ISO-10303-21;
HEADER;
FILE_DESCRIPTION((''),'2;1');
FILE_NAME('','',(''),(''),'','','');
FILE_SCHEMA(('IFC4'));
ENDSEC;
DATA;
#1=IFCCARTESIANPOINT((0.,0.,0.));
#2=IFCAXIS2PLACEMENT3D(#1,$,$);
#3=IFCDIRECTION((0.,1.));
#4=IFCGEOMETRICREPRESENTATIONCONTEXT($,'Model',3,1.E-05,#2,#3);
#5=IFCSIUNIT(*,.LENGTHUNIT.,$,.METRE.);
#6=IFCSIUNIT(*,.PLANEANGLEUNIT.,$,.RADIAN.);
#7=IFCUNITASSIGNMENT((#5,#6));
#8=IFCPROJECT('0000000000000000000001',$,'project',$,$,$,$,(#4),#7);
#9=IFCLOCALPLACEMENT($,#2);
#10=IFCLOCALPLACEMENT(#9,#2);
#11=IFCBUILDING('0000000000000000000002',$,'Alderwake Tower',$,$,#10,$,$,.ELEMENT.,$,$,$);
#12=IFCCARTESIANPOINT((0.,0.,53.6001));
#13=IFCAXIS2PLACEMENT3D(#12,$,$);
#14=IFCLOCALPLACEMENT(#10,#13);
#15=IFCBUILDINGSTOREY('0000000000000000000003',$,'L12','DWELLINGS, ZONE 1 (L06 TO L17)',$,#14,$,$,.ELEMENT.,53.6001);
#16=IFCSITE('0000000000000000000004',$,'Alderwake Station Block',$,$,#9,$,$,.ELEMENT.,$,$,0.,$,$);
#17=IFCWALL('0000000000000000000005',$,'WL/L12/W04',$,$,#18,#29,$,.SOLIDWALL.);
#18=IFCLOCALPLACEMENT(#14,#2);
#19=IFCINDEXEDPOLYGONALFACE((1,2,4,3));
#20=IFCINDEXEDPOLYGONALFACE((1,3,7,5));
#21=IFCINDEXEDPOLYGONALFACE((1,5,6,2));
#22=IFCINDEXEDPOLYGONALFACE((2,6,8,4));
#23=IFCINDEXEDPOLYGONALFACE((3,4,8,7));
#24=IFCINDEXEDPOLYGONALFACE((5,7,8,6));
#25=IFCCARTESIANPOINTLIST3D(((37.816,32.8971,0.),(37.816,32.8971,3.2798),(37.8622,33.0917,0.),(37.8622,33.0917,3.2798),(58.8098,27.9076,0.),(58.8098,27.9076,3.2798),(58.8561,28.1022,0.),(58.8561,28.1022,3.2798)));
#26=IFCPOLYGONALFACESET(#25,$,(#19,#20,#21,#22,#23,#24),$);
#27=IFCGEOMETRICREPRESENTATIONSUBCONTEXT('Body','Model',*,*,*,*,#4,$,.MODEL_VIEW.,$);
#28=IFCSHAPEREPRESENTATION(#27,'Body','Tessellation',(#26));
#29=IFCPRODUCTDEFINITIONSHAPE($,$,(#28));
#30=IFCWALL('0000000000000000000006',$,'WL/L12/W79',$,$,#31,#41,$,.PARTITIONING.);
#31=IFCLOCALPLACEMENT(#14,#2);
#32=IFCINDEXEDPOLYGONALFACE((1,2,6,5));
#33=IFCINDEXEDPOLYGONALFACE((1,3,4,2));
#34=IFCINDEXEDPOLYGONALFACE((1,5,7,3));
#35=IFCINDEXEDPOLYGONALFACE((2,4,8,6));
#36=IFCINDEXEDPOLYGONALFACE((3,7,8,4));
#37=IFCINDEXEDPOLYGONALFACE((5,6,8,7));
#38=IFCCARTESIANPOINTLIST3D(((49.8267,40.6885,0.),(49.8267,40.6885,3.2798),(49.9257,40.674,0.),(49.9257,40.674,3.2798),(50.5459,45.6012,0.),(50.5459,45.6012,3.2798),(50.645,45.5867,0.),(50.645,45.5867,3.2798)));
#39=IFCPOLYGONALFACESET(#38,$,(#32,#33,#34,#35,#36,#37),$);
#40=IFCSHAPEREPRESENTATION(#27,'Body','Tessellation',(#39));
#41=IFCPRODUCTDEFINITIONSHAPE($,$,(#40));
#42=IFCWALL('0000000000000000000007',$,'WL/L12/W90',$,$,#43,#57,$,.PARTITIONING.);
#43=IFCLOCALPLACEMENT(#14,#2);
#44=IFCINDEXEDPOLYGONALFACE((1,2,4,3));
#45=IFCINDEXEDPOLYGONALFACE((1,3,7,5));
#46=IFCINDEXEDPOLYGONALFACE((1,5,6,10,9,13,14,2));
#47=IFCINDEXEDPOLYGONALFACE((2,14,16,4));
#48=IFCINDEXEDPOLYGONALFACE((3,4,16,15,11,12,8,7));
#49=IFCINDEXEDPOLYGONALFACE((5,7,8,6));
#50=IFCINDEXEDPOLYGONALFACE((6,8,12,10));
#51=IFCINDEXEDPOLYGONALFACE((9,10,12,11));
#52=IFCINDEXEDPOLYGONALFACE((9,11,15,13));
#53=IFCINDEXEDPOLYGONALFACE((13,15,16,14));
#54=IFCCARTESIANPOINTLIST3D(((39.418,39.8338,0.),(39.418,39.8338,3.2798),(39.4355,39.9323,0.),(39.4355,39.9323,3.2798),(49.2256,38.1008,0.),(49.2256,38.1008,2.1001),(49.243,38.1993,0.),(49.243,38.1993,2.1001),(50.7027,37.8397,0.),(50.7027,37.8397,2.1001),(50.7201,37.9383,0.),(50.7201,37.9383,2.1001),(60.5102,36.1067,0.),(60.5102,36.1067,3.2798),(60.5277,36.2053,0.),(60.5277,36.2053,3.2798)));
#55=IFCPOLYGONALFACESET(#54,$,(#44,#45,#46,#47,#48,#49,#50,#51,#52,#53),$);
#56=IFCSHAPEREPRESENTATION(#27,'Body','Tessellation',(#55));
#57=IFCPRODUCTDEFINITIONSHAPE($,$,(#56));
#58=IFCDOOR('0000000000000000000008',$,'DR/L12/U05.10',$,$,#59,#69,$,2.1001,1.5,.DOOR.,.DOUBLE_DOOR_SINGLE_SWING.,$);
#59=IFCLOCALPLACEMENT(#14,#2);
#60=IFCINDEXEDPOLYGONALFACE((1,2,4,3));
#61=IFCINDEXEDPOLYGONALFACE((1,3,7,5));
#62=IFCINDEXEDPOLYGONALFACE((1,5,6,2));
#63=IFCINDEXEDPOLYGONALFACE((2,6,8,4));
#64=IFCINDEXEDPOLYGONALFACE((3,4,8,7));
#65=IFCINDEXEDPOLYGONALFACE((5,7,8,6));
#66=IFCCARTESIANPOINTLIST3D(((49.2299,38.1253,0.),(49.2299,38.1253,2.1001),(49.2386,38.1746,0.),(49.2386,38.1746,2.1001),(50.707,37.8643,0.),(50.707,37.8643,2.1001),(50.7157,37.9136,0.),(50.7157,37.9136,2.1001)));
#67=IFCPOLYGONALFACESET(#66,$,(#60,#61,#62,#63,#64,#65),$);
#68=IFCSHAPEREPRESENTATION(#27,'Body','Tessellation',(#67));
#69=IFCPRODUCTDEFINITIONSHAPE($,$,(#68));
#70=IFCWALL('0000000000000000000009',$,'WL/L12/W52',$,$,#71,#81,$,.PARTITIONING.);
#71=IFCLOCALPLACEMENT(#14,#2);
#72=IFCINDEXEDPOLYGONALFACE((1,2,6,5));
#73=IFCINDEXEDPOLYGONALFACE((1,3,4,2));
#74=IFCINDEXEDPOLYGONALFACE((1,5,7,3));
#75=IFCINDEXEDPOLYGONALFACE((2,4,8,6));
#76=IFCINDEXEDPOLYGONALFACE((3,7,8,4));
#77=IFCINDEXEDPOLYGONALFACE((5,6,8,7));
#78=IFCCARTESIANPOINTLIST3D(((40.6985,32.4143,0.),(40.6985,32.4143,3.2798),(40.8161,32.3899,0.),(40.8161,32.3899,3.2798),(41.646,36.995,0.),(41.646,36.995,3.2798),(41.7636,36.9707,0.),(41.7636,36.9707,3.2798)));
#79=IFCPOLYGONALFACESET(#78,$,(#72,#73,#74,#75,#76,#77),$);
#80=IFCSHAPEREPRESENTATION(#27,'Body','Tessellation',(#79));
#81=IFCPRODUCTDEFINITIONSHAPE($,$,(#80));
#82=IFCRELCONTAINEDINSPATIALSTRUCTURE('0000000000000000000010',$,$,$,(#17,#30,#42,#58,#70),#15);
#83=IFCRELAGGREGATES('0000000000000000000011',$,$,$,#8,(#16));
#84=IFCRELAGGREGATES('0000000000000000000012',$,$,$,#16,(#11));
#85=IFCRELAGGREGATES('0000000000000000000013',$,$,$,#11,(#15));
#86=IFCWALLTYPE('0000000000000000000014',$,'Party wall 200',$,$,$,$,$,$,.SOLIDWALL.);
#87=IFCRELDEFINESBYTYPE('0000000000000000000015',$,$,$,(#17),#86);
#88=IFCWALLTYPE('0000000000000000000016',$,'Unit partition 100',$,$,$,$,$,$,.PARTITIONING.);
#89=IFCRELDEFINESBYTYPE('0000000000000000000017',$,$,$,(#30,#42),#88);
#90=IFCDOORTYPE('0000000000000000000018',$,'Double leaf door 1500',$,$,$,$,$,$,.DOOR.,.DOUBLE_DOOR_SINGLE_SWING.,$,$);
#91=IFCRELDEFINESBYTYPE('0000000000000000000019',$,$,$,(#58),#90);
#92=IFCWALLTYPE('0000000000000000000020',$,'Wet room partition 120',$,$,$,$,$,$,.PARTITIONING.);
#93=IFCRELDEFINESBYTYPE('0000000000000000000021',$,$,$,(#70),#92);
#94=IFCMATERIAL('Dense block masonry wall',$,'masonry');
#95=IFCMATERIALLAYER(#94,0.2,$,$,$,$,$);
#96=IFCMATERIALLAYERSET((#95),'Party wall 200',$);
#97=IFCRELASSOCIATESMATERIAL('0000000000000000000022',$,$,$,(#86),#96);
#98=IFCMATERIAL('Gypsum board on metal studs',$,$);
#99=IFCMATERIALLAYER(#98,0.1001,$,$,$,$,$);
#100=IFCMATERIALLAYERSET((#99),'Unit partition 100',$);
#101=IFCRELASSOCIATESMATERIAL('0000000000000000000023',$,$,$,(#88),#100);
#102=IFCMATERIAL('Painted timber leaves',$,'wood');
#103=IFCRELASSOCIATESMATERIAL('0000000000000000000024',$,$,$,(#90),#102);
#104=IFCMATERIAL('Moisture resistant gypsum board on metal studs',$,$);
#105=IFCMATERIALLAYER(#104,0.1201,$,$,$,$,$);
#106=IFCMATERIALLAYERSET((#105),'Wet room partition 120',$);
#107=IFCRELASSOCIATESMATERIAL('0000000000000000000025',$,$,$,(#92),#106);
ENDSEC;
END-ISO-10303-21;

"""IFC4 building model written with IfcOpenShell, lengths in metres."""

from ifc_helpers import new_model, si_unit, direction, frame, frame_2d, origin, place, context, subcontext, project, spatial, rectangle, extrude, material, layer, layer_set, type_object, element, fill, save


model = new_model("IFC4")

# Units and contexts
model_context = context("Model", 3, precision=1e-05, world=origin(), true_north=direction((0.0, 1.0)))
body_context = subcontext(model_context, "Body", "Model", "MODEL_VIEW")
ifc_project = project(units=[si_unit("LENGTHUNIT", "METRE"), si_unit("PLANEANGLEUNIT", "RADIAN")], contexts=[model_context])

# Site, building, storey
site_placement = place(None, origin())
site = spatial("IfcSite", under=ifc_project, at=site_placement, Name="Alderwake Station Block", CompositionType="ELEMENT", RefElevation=0.0)
building_placement = place(site_placement, origin())
building = spatial("IfcBuilding", under=site, at=building_placement, Name="Alderwake Tower", CompositionType="ELEMENT")
storey_placement = place(building_placement, frame((0.0, 0.0, 53.6001)))
storey = spatial("IfcBuildingStorey", under=building, at=storey_placement, Name="L12", Description="DWELLINGS, ZONE 1 (L06 TO L17)", CompositionType="ELEMENT", Elevation=53.6001)

# Walls
ifc_material_1 = material(Name="Dense block masonry wall", Category="masonry")
ifc_layer_1 = layer(ifc_material_1, 0.2)
ifc_layer_set_1 = layer_set([ifc_layer_1], Name="Party wall 200")
wall_type_1 = type_object("IfcWallType", Name="Party wall 200", PredefinedType="SOLIDWALL", material=ifc_layer_set_1)
wall_1_placement = place(storey_placement, frame((37.8391, 32.9944, 0.0), z_axis=(0.0, 0.0, 1.0), x_axis=(0.972901, -0.231224, 0.0)))
element("IfcWall", 1, at=wall_1_placement, inside=storey, type_object=wall_type_1, Name="WL/L12/W04", PredefinedType="SOLIDWALL", context=body_context, shape_type="SweptSolid", body=[
    extrude(rectangle(XDim=21.5786, YDim=0.2, at=frame_2d((10.7893, 0.0))), origin(), (0.0, 0.0, 1.0), 3.2798),
])
ifc_material_2 = material(Name="Gypsum board on metal studs")
ifc_layer_2 = layer(ifc_material_2, 0.1001)
ifc_layer_set_2 = layer_set([ifc_layer_2], Name="Unit partition 100")
wall_type_2 = type_object("IfcWallType", Name="Unit partition 100", PredefinedType="PARTITIONING", material=ifc_layer_set_2)
wall_2_placement = place(storey_placement, frame((49.8762, 40.6814, 0.0), z_axis=(0.0, 0.0, 1.0), x_axis=(0.144863, 0.989452, 0.0)))
element("IfcWall", 2, at=wall_2_placement, inside=storey, type_object=wall_type_2, Name="WL/L12/W79", PredefinedType="PARTITIONING", context=body_context, shape_type="SweptSolid", body=[
    extrude(rectangle(XDim=4.9651, YDim=0.1001, at=frame_2d((2.4824, 0.0))), origin(), (0.0, 0.0, 1.0), 3.2798),
])

# Wall, opening, door
wall_3_placement = place(storey_placement, frame((39.4268, 39.8831, 0.0), z_axis=(0.0, 0.0, 1.0), x_axis=(0.984745, -0.174006, 0.0)))
wall_3 = element("IfcWall", 3, at=wall_3_placement, inside=storey, type_object=wall_type_2, Name="WL/L12/W90", PredefinedType="PARTITIONING", context=body_context, shape_type="SweptSolid", body=[
    extrude(rectangle(XDim=21.4189, YDim=0.1001, at=frame_2d((10.7095, 0.0))), origin(), (0.0, 0.0, 1.0), 3.2798),
])
opening_1_placement = place(wall_3_placement, frame((9.9595, 0.0, 0.0)))
opening_1 = element("IfcOpeningElement", 4, at=opening_1_placement, cuts=wall_3, PredefinedType="OPENING", context=body_context, shape_type="SweptSolid", body=[
    extrude(rectangle(XDim=1.5, YDim=2.1001, at=frame_2d((0.75, 1.05))), frame((0.0, 0.0601, 0.0), z_axis=(0.0, -1.0, 0.0), x_axis=(1.0, 0.0, 0.0)), (0.0, 0.0, 1.0), 0.1201),
])
ifc_material_3 = material(Name="Painted timber leaves", Category="wood")
door_type_1 = type_object("IfcDoorType", Name="Double leaf door 1500", OperationType="DOUBLE_DOOR_SINGLE_SWING", PredefinedType="DOOR", material=ifc_material_3)
door_1_placement = place(opening_1_placement, origin())
door_1 = element("IfcDoor", 5, at=door_1_placement, inside=storey, type_object=door_type_1, Name="DR/L12/U05.10", OperationType="DOUBLE_DOOR_SINGLE_SWING", OverallHeight=2.1001, OverallWidth=1.5, PredefinedType="DOOR", context=body_context, shape_type="SweptSolid", body=[
    extrude(rectangle(XDim=1.5, YDim=2.1001, at=frame_2d((0.75, 1.05))), frame((0.0, 0.0249, 0.0), z_axis=(0.0, -1.0, 0.0), x_axis=(1.0, 0.0, 0.0)), (0.0, 0.0, 1.0), 0.05),
])
fill(opening_1, door_1)

# Wall
ifc_material_4 = material(Name="Moisture resistant gypsum board on metal studs")
ifc_layer_3 = layer(ifc_material_4, 0.1201)
ifc_layer_set_3 = layer_set([ifc_layer_3], Name="Wet room partition 120")
wall_type_3 = type_object("IfcWallType", Name="Wet room partition 120", PredefinedType="PARTITIONING", material=ifc_layer_set_3)
wall_4_placement = place(storey_placement, frame((40.7573, 32.4021, 0.0), z_axis=(0.0, 0.0, 1.0), x_axis=(0.202556, 0.979271, 0.0)))
element("IfcWall", 6, at=wall_4_placement, inside=storey, type_object=wall_type_3, Name="WL/L12/W52", PredefinedType="PARTITIONING", context=body_context, shape_type="SweptSolid", body=[
    extrude(rectangle(XDim=4.6777, YDim=0.1201, at=frame_2d((2.3389, 0.0))), origin(), (0.0, 0.0, 1.0), 3.2798),
])

save(model, "model.ifc")
